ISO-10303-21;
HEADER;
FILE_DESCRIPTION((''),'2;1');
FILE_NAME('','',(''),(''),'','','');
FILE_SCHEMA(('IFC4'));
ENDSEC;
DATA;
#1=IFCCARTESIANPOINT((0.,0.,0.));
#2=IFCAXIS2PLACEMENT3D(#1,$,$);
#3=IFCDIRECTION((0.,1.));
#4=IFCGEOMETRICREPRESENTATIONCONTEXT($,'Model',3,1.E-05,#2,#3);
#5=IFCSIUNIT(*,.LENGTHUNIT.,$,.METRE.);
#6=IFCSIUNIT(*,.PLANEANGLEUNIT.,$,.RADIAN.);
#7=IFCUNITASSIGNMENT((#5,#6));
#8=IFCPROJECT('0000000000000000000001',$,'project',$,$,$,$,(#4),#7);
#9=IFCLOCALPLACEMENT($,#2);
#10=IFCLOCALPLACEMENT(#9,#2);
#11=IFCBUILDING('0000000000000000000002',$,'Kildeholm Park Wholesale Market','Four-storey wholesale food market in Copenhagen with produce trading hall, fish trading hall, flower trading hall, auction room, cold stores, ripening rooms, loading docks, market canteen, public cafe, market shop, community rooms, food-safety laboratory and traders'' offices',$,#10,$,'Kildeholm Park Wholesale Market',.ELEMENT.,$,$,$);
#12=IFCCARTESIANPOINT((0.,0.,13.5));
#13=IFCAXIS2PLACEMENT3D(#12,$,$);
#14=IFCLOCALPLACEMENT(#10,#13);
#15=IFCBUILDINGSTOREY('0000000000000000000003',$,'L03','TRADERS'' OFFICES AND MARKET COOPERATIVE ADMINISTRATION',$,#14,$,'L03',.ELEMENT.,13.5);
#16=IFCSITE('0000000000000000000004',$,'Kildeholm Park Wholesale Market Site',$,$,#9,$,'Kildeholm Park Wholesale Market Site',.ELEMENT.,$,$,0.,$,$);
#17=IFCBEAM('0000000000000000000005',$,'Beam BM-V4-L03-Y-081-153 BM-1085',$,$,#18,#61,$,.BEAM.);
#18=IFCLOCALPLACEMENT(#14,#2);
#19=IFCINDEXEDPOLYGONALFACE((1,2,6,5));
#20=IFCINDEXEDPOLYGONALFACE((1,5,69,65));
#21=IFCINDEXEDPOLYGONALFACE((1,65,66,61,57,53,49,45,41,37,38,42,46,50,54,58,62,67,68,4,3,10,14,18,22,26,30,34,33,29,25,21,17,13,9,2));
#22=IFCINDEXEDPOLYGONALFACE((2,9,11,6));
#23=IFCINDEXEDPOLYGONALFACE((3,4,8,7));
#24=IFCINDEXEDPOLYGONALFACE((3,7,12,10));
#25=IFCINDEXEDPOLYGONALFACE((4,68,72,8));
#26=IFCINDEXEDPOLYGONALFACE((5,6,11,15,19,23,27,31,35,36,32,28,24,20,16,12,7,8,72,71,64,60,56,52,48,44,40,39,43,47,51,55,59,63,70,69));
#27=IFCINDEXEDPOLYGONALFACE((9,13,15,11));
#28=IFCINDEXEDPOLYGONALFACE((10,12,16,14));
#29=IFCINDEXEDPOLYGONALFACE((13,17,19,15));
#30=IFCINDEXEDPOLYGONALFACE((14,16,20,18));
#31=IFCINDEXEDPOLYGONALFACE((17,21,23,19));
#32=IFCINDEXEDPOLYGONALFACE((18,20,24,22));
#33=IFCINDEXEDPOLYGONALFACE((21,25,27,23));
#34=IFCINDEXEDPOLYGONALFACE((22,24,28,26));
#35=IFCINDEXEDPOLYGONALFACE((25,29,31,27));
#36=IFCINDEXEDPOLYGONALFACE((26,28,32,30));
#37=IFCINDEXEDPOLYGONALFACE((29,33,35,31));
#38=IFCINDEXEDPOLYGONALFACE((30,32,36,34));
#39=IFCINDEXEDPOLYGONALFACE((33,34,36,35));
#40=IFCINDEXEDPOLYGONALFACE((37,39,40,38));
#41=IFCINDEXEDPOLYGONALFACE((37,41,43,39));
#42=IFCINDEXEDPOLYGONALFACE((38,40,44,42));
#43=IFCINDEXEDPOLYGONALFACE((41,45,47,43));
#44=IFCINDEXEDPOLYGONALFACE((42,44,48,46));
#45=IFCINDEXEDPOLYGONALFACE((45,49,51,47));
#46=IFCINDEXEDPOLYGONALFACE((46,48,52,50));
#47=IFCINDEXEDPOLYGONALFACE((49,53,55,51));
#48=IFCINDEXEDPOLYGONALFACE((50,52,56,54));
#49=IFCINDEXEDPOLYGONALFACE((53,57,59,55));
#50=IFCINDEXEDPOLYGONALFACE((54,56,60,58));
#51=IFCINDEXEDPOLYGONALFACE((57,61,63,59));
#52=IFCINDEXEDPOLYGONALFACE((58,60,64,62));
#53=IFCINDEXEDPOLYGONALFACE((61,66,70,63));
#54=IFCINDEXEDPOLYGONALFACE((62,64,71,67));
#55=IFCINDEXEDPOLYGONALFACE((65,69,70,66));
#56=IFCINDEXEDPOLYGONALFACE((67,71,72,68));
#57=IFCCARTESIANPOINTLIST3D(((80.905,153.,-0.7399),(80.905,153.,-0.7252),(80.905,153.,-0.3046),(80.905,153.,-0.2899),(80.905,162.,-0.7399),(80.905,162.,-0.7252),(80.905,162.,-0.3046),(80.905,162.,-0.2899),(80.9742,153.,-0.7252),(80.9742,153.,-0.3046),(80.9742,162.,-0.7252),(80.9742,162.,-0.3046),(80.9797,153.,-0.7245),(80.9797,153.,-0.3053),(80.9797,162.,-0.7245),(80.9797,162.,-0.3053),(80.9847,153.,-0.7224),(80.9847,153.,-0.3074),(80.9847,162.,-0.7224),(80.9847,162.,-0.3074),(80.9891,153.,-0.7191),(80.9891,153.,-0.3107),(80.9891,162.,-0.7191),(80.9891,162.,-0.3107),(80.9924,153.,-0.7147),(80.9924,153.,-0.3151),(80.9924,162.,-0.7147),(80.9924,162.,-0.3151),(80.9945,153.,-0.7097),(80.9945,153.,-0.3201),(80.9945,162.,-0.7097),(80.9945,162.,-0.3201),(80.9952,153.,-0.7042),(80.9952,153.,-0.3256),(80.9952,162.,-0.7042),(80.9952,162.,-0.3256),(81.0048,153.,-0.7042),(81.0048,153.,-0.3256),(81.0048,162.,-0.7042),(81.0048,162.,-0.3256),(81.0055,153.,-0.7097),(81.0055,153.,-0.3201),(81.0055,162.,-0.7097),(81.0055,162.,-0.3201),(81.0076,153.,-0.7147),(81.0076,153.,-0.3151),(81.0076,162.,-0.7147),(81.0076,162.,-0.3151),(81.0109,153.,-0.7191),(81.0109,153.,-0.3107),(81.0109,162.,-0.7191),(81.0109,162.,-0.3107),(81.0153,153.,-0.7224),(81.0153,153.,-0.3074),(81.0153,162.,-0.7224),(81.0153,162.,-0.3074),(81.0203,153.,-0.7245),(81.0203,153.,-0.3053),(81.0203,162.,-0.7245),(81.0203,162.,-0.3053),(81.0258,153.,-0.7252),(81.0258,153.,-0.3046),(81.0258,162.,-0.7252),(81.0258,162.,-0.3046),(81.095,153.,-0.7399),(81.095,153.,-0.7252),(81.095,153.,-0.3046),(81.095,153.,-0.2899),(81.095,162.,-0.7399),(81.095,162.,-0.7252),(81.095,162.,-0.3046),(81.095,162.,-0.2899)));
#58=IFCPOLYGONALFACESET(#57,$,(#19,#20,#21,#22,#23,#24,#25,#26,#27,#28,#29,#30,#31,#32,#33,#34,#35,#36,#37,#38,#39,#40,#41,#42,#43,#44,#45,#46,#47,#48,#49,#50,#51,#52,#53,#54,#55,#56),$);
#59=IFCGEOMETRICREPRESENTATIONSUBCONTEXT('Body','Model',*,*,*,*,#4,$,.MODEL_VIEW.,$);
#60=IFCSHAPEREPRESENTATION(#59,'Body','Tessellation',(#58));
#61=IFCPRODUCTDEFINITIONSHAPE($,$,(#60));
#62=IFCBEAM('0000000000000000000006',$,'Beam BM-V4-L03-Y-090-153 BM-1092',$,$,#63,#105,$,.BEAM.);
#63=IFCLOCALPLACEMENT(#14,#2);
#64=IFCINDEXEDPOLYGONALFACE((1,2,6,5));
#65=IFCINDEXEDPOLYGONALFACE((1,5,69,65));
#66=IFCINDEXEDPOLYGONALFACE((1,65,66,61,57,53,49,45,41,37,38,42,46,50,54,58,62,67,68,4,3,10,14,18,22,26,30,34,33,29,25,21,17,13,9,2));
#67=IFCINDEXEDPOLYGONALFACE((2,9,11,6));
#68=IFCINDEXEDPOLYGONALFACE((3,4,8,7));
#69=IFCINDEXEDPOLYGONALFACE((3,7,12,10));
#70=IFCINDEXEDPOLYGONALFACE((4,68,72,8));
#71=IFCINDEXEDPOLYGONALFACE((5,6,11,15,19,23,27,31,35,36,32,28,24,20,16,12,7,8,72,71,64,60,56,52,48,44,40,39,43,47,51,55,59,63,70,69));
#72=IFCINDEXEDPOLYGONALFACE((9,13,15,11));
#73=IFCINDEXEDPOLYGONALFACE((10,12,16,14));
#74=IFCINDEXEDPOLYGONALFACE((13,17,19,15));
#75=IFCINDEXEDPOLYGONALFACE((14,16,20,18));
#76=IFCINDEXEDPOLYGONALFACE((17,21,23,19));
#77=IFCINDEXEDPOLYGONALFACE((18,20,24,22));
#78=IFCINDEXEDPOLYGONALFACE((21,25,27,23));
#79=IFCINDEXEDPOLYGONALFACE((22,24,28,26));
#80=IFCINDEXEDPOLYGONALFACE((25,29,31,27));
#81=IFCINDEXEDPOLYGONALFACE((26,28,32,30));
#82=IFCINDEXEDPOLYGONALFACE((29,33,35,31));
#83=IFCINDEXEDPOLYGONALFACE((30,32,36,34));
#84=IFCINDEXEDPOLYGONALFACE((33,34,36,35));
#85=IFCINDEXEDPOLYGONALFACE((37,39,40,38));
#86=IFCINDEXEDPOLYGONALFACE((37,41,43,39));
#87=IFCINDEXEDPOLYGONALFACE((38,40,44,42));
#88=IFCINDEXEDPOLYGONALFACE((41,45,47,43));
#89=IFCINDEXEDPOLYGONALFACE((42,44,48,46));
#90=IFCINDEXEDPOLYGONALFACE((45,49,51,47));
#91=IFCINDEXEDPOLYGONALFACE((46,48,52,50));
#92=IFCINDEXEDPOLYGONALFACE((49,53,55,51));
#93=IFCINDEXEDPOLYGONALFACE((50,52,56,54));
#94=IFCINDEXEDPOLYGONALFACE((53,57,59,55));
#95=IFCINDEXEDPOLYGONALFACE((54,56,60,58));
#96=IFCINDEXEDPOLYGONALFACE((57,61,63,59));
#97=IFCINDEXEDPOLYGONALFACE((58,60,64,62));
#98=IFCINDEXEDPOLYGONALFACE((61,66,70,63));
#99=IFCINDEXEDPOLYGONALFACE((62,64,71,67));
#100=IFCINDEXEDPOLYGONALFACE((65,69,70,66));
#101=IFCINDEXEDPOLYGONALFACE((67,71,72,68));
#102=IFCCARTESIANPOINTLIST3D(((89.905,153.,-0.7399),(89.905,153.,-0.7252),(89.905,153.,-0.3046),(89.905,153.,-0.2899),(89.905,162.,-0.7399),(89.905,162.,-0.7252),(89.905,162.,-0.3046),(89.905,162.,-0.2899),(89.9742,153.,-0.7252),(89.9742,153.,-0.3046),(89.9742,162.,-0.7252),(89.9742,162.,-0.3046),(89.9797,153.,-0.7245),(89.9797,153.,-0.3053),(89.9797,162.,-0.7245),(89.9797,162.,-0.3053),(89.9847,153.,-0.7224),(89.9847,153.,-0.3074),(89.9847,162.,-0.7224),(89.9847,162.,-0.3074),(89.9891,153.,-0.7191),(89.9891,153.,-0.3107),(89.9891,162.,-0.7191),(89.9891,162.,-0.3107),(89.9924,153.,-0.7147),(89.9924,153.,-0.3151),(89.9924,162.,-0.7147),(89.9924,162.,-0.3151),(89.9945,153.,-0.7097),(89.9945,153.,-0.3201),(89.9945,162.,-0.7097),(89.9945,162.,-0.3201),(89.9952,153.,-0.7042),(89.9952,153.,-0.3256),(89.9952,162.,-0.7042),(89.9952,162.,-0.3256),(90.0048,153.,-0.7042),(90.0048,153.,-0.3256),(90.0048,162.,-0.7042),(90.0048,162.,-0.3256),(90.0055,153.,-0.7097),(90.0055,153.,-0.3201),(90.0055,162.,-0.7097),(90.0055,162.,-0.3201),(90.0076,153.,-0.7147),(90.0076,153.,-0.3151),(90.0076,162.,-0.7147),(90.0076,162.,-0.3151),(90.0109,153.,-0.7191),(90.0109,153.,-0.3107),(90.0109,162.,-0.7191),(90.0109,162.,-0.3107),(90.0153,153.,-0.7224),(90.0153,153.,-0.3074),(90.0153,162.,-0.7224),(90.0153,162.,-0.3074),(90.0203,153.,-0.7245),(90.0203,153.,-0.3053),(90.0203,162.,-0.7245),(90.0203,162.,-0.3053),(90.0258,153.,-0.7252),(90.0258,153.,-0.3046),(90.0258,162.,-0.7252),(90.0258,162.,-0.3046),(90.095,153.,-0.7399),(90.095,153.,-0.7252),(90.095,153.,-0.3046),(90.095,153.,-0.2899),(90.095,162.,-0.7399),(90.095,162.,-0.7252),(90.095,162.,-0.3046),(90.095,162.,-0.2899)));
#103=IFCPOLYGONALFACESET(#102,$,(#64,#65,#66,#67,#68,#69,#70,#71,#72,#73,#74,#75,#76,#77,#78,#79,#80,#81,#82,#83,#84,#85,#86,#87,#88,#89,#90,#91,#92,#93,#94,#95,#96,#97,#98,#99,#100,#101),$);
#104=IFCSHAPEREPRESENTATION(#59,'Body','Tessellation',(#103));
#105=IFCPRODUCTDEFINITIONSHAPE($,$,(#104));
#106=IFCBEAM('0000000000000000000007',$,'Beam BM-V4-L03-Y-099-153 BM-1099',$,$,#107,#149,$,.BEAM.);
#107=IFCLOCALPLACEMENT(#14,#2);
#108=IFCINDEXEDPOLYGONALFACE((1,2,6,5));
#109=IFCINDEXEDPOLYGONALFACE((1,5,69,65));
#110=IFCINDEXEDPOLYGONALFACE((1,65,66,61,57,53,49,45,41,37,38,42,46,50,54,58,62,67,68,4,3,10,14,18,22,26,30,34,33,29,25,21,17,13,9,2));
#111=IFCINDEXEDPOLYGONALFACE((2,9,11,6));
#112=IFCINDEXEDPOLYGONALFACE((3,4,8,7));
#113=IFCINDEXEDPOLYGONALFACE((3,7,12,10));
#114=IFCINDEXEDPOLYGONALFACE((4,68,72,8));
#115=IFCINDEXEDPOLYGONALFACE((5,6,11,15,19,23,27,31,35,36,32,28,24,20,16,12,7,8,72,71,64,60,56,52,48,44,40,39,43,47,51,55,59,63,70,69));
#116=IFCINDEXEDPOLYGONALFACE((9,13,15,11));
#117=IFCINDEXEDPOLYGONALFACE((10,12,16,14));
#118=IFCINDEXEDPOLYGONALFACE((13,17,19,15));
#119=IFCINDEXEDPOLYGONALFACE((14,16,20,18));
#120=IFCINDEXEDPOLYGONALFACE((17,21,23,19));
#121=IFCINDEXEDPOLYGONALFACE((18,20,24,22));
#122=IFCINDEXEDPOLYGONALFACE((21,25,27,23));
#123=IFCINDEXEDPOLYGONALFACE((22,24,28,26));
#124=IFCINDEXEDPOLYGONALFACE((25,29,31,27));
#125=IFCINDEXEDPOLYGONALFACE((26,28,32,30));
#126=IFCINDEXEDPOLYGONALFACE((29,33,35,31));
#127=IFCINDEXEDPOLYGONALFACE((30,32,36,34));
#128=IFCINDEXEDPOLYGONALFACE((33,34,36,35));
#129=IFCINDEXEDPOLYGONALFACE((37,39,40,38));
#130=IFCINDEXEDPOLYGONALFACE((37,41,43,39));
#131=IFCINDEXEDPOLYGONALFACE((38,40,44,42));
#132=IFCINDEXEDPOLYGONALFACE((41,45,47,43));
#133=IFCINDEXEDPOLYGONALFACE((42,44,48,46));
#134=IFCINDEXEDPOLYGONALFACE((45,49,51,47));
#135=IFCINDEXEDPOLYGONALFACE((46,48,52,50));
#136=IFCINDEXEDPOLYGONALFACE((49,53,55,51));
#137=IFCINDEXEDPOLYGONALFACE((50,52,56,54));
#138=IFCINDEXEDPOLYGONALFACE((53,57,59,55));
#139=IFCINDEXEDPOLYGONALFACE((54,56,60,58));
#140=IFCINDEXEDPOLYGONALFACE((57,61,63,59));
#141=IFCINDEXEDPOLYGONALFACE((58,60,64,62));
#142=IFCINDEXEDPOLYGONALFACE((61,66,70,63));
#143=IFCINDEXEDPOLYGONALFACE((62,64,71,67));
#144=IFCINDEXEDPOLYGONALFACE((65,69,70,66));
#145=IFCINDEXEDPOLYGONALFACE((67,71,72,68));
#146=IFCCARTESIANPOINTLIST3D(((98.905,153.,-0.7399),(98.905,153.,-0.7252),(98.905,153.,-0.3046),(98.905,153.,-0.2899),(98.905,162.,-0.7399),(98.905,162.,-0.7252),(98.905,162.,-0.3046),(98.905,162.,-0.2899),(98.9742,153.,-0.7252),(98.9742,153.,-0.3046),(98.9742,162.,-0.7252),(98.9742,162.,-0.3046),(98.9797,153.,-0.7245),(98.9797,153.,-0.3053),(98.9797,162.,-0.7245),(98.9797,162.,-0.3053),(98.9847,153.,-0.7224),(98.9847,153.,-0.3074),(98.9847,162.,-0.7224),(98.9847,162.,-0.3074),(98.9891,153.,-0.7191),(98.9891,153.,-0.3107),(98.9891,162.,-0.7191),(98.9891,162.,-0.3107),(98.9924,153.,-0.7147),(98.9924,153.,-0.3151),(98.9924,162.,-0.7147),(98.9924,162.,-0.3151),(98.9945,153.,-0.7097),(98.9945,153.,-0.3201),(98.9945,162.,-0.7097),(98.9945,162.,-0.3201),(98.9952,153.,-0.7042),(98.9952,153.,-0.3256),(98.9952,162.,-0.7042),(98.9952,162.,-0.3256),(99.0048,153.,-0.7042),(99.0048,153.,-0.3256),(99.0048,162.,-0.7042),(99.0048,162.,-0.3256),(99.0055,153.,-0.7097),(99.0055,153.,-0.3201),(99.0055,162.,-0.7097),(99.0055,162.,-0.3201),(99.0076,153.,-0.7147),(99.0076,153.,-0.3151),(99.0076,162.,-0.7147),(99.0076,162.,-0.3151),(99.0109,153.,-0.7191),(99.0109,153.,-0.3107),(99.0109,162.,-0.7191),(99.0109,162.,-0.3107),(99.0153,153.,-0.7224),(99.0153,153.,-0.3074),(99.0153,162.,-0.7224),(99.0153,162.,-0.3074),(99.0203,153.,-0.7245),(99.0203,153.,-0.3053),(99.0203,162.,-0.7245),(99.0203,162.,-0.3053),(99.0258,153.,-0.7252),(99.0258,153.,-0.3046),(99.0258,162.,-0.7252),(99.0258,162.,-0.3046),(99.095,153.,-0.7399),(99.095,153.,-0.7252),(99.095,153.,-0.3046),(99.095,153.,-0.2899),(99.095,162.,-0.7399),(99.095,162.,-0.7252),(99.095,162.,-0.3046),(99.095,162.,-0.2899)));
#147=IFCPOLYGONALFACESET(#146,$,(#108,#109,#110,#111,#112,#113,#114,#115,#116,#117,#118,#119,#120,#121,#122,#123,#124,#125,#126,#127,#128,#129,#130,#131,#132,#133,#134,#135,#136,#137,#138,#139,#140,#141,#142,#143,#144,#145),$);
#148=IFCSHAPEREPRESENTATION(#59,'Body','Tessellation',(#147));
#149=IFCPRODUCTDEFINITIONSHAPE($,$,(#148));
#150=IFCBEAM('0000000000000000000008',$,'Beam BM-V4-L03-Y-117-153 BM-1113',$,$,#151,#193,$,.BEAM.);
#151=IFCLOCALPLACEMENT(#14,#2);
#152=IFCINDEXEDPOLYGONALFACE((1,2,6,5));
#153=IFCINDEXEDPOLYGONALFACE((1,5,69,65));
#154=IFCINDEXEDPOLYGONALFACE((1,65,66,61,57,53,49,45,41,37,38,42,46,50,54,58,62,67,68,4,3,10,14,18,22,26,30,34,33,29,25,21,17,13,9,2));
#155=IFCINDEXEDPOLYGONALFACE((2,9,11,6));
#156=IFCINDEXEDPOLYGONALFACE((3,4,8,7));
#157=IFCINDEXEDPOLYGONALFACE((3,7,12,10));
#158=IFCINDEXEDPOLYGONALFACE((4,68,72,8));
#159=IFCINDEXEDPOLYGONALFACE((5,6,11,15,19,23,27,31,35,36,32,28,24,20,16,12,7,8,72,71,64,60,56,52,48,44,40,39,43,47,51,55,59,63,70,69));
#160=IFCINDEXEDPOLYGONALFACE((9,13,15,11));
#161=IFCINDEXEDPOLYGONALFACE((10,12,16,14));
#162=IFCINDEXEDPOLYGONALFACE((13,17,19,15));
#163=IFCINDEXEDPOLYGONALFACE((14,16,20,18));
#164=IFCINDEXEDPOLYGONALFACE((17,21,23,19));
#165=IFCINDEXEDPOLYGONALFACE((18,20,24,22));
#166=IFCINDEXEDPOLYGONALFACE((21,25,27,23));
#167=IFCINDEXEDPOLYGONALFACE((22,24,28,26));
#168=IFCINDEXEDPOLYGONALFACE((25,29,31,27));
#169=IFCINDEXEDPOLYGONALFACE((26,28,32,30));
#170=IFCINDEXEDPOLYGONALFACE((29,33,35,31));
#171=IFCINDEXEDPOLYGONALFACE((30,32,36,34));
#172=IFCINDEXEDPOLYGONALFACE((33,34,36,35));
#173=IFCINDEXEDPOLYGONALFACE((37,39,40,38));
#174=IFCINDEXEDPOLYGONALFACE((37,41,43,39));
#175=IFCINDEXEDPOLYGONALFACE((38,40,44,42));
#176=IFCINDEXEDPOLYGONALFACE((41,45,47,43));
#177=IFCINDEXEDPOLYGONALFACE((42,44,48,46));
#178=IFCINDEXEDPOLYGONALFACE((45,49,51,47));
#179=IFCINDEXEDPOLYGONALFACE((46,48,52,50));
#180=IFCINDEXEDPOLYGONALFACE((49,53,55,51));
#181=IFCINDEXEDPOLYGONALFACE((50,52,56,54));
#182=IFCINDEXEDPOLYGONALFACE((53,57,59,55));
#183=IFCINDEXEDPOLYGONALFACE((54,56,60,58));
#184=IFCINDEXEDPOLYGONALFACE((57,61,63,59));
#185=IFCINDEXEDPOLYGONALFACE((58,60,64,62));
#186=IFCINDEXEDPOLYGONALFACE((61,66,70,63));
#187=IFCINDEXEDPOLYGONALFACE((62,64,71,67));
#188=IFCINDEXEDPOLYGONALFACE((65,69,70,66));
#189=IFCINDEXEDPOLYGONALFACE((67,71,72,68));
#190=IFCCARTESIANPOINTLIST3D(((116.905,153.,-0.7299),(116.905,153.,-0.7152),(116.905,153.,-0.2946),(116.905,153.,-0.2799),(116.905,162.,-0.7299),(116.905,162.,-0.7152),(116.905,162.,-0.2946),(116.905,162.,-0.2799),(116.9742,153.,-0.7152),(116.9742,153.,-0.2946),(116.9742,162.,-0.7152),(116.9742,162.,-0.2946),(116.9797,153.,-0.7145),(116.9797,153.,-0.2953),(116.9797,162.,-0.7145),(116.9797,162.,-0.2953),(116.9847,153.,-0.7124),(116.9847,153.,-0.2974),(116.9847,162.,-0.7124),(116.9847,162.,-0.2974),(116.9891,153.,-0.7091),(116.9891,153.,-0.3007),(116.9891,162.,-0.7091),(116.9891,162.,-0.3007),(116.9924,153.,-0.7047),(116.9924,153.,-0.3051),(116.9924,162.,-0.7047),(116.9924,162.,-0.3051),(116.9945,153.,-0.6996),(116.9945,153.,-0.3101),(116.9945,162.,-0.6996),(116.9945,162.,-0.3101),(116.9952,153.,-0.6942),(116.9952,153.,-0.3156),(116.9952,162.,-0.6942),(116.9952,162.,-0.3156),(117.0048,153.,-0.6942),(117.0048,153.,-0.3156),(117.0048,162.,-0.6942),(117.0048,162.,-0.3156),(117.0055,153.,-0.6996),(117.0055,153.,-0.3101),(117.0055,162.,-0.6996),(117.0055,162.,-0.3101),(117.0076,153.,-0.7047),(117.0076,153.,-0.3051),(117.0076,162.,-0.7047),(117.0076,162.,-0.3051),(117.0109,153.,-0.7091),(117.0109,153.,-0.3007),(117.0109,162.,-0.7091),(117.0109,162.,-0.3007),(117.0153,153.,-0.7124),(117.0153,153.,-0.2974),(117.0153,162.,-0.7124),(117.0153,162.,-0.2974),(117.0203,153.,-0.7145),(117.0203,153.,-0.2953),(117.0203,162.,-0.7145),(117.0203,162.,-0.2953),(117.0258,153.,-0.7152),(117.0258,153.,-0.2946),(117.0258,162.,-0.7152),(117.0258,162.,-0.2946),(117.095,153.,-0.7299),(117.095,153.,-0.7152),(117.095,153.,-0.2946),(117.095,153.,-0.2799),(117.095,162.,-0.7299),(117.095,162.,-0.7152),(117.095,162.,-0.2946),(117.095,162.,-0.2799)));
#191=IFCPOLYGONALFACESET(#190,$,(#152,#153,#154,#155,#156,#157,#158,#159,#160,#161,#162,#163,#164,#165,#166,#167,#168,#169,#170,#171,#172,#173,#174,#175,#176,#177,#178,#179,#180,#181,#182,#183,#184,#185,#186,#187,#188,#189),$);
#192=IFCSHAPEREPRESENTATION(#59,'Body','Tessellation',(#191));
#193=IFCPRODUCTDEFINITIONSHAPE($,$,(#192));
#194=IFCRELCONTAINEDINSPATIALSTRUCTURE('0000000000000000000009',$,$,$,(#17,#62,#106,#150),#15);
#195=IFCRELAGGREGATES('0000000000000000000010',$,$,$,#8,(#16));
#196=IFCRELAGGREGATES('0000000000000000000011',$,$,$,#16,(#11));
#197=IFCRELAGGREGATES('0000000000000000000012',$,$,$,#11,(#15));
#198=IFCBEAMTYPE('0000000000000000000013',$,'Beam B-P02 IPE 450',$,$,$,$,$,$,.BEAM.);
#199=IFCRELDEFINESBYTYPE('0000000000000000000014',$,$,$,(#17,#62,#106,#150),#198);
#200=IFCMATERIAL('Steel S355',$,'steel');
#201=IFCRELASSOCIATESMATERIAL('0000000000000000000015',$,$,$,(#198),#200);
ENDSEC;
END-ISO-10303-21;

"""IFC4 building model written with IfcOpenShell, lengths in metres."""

from ifc_helpers import new_model, si_unit, direction, frame, origin, origin_2d, place, context, subcontext, project, spatial, i_section, extrude, material, material_profile, profile_set, type_object, element, save


model = new_model("IFC4")

# Units and contexts
model_context = context("Model", 3, precision=1e-05, world=origin(), true_north=direction((0.0, 1.0)))
body_context = subcontext(model_context, "Body", "Model", "MODEL_VIEW")
ifc_project = project(units=[si_unit("LENGTHUNIT", "METRE"), si_unit("PLANEANGLEUNIT", "RADIAN")], contexts=[model_context])

# Site, building, storey
site_placement = place(None, origin())
site = spatial("IfcSite", under=ifc_project, at=site_placement, Name="Kildeholm Park Wholesale Market Site", LongName="Kildeholm Park Wholesale Market Site", CompositionType="ELEMENT", RefElevation=0.0)
building_placement = place(site_placement, origin())
building = spatial("IfcBuilding", under=site, at=building_placement, Name="Kildeholm Park Wholesale Market", Description="Four-storey wholesale food market in Copenhagen with produce trading hall, fish trading hall, flower trading hall, auction room, cold stores, ripening rooms, loading docks, market canteen, public cafe, market shop, community rooms, food-safety laboratory and traders' offices", LongName="Kildeholm Park Wholesale Market", CompositionType="ELEMENT")
storey_placement = place(building_placement, frame((0.0, 0.0, 13.5)))
storey = spatial("IfcBuildingStorey", under=building, at=storey_placement, Name="L03", Description="TRADERS' OFFICES AND MARKET COOPERATIVE ADMINISTRATION", LongName="L03", CompositionType="ELEMENT", Elevation=13.5)

# Beams
ifc_material = material(Name="Steel S355", Category="steel")
ifc_material_profile_1 = material_profile(ifc_material, i_section(OverallWidth=0.1899, OverallDepth=0.45, WebThickness=0.0095, FlangeThickness=0.0146, FilletRadius=0.021, at=origin_2d()), Name="IPE 450")
ifc_profile_set_1 = profile_set([ifc_material_profile_1], Name="Steel S355")
beam_type_1 = type_object("IfcBeamType", Name="Beam B-P02 IPE 450", PredefinedType="BEAM", material=ifc_profile_set_1)
for number, where, z_axis, x_axis, name in (
    (1, (81.0, 153.0, -0.5149), (0.0, 1.0, 0.0), (-1.0, 0.0, 0.0), "Beam BM-V4-L03-Y-081-153 BM-1085"),
    (2, (90.0, 153.0, -0.5149), (0.0, 1.0, 0.0), (-1.0, 0.0, 0.0), "Beam BM-V4-L03-Y-090-153 BM-1092"),
    (3, (99.0, 153.0, -0.5149), (0.0, 1.0, 0.0), (-1.0, 0.0, 0.0), "Beam BM-V4-L03-Y-099-153 BM-1099"),
    (4, (117.0, 153.0, -0.5049), (0.0, 1.0, 0.0), (-1.0, 0.0, 0.0), "Beam BM-V4-L03-Y-117-153 BM-1113"),
):
    element("IfcBeam", number, at=place(storey_placement, frame(where, z_axis=z_axis, x_axis=x_axis)), inside=storey, type_object=beam_type_1, Name=name, PredefinedType="BEAM", context=body_context, shape_type="SweptSolid", body=[
        extrude(i_section(OverallWidth=0.1899, OverallDepth=0.45, WebThickness=0.0095, FlangeThickness=0.0146, FilletRadius=0.021, at=origin_2d()), origin(), (0.0, 0.0, 1.0), 9.0),
    ])

save(model, "model.ifc")
